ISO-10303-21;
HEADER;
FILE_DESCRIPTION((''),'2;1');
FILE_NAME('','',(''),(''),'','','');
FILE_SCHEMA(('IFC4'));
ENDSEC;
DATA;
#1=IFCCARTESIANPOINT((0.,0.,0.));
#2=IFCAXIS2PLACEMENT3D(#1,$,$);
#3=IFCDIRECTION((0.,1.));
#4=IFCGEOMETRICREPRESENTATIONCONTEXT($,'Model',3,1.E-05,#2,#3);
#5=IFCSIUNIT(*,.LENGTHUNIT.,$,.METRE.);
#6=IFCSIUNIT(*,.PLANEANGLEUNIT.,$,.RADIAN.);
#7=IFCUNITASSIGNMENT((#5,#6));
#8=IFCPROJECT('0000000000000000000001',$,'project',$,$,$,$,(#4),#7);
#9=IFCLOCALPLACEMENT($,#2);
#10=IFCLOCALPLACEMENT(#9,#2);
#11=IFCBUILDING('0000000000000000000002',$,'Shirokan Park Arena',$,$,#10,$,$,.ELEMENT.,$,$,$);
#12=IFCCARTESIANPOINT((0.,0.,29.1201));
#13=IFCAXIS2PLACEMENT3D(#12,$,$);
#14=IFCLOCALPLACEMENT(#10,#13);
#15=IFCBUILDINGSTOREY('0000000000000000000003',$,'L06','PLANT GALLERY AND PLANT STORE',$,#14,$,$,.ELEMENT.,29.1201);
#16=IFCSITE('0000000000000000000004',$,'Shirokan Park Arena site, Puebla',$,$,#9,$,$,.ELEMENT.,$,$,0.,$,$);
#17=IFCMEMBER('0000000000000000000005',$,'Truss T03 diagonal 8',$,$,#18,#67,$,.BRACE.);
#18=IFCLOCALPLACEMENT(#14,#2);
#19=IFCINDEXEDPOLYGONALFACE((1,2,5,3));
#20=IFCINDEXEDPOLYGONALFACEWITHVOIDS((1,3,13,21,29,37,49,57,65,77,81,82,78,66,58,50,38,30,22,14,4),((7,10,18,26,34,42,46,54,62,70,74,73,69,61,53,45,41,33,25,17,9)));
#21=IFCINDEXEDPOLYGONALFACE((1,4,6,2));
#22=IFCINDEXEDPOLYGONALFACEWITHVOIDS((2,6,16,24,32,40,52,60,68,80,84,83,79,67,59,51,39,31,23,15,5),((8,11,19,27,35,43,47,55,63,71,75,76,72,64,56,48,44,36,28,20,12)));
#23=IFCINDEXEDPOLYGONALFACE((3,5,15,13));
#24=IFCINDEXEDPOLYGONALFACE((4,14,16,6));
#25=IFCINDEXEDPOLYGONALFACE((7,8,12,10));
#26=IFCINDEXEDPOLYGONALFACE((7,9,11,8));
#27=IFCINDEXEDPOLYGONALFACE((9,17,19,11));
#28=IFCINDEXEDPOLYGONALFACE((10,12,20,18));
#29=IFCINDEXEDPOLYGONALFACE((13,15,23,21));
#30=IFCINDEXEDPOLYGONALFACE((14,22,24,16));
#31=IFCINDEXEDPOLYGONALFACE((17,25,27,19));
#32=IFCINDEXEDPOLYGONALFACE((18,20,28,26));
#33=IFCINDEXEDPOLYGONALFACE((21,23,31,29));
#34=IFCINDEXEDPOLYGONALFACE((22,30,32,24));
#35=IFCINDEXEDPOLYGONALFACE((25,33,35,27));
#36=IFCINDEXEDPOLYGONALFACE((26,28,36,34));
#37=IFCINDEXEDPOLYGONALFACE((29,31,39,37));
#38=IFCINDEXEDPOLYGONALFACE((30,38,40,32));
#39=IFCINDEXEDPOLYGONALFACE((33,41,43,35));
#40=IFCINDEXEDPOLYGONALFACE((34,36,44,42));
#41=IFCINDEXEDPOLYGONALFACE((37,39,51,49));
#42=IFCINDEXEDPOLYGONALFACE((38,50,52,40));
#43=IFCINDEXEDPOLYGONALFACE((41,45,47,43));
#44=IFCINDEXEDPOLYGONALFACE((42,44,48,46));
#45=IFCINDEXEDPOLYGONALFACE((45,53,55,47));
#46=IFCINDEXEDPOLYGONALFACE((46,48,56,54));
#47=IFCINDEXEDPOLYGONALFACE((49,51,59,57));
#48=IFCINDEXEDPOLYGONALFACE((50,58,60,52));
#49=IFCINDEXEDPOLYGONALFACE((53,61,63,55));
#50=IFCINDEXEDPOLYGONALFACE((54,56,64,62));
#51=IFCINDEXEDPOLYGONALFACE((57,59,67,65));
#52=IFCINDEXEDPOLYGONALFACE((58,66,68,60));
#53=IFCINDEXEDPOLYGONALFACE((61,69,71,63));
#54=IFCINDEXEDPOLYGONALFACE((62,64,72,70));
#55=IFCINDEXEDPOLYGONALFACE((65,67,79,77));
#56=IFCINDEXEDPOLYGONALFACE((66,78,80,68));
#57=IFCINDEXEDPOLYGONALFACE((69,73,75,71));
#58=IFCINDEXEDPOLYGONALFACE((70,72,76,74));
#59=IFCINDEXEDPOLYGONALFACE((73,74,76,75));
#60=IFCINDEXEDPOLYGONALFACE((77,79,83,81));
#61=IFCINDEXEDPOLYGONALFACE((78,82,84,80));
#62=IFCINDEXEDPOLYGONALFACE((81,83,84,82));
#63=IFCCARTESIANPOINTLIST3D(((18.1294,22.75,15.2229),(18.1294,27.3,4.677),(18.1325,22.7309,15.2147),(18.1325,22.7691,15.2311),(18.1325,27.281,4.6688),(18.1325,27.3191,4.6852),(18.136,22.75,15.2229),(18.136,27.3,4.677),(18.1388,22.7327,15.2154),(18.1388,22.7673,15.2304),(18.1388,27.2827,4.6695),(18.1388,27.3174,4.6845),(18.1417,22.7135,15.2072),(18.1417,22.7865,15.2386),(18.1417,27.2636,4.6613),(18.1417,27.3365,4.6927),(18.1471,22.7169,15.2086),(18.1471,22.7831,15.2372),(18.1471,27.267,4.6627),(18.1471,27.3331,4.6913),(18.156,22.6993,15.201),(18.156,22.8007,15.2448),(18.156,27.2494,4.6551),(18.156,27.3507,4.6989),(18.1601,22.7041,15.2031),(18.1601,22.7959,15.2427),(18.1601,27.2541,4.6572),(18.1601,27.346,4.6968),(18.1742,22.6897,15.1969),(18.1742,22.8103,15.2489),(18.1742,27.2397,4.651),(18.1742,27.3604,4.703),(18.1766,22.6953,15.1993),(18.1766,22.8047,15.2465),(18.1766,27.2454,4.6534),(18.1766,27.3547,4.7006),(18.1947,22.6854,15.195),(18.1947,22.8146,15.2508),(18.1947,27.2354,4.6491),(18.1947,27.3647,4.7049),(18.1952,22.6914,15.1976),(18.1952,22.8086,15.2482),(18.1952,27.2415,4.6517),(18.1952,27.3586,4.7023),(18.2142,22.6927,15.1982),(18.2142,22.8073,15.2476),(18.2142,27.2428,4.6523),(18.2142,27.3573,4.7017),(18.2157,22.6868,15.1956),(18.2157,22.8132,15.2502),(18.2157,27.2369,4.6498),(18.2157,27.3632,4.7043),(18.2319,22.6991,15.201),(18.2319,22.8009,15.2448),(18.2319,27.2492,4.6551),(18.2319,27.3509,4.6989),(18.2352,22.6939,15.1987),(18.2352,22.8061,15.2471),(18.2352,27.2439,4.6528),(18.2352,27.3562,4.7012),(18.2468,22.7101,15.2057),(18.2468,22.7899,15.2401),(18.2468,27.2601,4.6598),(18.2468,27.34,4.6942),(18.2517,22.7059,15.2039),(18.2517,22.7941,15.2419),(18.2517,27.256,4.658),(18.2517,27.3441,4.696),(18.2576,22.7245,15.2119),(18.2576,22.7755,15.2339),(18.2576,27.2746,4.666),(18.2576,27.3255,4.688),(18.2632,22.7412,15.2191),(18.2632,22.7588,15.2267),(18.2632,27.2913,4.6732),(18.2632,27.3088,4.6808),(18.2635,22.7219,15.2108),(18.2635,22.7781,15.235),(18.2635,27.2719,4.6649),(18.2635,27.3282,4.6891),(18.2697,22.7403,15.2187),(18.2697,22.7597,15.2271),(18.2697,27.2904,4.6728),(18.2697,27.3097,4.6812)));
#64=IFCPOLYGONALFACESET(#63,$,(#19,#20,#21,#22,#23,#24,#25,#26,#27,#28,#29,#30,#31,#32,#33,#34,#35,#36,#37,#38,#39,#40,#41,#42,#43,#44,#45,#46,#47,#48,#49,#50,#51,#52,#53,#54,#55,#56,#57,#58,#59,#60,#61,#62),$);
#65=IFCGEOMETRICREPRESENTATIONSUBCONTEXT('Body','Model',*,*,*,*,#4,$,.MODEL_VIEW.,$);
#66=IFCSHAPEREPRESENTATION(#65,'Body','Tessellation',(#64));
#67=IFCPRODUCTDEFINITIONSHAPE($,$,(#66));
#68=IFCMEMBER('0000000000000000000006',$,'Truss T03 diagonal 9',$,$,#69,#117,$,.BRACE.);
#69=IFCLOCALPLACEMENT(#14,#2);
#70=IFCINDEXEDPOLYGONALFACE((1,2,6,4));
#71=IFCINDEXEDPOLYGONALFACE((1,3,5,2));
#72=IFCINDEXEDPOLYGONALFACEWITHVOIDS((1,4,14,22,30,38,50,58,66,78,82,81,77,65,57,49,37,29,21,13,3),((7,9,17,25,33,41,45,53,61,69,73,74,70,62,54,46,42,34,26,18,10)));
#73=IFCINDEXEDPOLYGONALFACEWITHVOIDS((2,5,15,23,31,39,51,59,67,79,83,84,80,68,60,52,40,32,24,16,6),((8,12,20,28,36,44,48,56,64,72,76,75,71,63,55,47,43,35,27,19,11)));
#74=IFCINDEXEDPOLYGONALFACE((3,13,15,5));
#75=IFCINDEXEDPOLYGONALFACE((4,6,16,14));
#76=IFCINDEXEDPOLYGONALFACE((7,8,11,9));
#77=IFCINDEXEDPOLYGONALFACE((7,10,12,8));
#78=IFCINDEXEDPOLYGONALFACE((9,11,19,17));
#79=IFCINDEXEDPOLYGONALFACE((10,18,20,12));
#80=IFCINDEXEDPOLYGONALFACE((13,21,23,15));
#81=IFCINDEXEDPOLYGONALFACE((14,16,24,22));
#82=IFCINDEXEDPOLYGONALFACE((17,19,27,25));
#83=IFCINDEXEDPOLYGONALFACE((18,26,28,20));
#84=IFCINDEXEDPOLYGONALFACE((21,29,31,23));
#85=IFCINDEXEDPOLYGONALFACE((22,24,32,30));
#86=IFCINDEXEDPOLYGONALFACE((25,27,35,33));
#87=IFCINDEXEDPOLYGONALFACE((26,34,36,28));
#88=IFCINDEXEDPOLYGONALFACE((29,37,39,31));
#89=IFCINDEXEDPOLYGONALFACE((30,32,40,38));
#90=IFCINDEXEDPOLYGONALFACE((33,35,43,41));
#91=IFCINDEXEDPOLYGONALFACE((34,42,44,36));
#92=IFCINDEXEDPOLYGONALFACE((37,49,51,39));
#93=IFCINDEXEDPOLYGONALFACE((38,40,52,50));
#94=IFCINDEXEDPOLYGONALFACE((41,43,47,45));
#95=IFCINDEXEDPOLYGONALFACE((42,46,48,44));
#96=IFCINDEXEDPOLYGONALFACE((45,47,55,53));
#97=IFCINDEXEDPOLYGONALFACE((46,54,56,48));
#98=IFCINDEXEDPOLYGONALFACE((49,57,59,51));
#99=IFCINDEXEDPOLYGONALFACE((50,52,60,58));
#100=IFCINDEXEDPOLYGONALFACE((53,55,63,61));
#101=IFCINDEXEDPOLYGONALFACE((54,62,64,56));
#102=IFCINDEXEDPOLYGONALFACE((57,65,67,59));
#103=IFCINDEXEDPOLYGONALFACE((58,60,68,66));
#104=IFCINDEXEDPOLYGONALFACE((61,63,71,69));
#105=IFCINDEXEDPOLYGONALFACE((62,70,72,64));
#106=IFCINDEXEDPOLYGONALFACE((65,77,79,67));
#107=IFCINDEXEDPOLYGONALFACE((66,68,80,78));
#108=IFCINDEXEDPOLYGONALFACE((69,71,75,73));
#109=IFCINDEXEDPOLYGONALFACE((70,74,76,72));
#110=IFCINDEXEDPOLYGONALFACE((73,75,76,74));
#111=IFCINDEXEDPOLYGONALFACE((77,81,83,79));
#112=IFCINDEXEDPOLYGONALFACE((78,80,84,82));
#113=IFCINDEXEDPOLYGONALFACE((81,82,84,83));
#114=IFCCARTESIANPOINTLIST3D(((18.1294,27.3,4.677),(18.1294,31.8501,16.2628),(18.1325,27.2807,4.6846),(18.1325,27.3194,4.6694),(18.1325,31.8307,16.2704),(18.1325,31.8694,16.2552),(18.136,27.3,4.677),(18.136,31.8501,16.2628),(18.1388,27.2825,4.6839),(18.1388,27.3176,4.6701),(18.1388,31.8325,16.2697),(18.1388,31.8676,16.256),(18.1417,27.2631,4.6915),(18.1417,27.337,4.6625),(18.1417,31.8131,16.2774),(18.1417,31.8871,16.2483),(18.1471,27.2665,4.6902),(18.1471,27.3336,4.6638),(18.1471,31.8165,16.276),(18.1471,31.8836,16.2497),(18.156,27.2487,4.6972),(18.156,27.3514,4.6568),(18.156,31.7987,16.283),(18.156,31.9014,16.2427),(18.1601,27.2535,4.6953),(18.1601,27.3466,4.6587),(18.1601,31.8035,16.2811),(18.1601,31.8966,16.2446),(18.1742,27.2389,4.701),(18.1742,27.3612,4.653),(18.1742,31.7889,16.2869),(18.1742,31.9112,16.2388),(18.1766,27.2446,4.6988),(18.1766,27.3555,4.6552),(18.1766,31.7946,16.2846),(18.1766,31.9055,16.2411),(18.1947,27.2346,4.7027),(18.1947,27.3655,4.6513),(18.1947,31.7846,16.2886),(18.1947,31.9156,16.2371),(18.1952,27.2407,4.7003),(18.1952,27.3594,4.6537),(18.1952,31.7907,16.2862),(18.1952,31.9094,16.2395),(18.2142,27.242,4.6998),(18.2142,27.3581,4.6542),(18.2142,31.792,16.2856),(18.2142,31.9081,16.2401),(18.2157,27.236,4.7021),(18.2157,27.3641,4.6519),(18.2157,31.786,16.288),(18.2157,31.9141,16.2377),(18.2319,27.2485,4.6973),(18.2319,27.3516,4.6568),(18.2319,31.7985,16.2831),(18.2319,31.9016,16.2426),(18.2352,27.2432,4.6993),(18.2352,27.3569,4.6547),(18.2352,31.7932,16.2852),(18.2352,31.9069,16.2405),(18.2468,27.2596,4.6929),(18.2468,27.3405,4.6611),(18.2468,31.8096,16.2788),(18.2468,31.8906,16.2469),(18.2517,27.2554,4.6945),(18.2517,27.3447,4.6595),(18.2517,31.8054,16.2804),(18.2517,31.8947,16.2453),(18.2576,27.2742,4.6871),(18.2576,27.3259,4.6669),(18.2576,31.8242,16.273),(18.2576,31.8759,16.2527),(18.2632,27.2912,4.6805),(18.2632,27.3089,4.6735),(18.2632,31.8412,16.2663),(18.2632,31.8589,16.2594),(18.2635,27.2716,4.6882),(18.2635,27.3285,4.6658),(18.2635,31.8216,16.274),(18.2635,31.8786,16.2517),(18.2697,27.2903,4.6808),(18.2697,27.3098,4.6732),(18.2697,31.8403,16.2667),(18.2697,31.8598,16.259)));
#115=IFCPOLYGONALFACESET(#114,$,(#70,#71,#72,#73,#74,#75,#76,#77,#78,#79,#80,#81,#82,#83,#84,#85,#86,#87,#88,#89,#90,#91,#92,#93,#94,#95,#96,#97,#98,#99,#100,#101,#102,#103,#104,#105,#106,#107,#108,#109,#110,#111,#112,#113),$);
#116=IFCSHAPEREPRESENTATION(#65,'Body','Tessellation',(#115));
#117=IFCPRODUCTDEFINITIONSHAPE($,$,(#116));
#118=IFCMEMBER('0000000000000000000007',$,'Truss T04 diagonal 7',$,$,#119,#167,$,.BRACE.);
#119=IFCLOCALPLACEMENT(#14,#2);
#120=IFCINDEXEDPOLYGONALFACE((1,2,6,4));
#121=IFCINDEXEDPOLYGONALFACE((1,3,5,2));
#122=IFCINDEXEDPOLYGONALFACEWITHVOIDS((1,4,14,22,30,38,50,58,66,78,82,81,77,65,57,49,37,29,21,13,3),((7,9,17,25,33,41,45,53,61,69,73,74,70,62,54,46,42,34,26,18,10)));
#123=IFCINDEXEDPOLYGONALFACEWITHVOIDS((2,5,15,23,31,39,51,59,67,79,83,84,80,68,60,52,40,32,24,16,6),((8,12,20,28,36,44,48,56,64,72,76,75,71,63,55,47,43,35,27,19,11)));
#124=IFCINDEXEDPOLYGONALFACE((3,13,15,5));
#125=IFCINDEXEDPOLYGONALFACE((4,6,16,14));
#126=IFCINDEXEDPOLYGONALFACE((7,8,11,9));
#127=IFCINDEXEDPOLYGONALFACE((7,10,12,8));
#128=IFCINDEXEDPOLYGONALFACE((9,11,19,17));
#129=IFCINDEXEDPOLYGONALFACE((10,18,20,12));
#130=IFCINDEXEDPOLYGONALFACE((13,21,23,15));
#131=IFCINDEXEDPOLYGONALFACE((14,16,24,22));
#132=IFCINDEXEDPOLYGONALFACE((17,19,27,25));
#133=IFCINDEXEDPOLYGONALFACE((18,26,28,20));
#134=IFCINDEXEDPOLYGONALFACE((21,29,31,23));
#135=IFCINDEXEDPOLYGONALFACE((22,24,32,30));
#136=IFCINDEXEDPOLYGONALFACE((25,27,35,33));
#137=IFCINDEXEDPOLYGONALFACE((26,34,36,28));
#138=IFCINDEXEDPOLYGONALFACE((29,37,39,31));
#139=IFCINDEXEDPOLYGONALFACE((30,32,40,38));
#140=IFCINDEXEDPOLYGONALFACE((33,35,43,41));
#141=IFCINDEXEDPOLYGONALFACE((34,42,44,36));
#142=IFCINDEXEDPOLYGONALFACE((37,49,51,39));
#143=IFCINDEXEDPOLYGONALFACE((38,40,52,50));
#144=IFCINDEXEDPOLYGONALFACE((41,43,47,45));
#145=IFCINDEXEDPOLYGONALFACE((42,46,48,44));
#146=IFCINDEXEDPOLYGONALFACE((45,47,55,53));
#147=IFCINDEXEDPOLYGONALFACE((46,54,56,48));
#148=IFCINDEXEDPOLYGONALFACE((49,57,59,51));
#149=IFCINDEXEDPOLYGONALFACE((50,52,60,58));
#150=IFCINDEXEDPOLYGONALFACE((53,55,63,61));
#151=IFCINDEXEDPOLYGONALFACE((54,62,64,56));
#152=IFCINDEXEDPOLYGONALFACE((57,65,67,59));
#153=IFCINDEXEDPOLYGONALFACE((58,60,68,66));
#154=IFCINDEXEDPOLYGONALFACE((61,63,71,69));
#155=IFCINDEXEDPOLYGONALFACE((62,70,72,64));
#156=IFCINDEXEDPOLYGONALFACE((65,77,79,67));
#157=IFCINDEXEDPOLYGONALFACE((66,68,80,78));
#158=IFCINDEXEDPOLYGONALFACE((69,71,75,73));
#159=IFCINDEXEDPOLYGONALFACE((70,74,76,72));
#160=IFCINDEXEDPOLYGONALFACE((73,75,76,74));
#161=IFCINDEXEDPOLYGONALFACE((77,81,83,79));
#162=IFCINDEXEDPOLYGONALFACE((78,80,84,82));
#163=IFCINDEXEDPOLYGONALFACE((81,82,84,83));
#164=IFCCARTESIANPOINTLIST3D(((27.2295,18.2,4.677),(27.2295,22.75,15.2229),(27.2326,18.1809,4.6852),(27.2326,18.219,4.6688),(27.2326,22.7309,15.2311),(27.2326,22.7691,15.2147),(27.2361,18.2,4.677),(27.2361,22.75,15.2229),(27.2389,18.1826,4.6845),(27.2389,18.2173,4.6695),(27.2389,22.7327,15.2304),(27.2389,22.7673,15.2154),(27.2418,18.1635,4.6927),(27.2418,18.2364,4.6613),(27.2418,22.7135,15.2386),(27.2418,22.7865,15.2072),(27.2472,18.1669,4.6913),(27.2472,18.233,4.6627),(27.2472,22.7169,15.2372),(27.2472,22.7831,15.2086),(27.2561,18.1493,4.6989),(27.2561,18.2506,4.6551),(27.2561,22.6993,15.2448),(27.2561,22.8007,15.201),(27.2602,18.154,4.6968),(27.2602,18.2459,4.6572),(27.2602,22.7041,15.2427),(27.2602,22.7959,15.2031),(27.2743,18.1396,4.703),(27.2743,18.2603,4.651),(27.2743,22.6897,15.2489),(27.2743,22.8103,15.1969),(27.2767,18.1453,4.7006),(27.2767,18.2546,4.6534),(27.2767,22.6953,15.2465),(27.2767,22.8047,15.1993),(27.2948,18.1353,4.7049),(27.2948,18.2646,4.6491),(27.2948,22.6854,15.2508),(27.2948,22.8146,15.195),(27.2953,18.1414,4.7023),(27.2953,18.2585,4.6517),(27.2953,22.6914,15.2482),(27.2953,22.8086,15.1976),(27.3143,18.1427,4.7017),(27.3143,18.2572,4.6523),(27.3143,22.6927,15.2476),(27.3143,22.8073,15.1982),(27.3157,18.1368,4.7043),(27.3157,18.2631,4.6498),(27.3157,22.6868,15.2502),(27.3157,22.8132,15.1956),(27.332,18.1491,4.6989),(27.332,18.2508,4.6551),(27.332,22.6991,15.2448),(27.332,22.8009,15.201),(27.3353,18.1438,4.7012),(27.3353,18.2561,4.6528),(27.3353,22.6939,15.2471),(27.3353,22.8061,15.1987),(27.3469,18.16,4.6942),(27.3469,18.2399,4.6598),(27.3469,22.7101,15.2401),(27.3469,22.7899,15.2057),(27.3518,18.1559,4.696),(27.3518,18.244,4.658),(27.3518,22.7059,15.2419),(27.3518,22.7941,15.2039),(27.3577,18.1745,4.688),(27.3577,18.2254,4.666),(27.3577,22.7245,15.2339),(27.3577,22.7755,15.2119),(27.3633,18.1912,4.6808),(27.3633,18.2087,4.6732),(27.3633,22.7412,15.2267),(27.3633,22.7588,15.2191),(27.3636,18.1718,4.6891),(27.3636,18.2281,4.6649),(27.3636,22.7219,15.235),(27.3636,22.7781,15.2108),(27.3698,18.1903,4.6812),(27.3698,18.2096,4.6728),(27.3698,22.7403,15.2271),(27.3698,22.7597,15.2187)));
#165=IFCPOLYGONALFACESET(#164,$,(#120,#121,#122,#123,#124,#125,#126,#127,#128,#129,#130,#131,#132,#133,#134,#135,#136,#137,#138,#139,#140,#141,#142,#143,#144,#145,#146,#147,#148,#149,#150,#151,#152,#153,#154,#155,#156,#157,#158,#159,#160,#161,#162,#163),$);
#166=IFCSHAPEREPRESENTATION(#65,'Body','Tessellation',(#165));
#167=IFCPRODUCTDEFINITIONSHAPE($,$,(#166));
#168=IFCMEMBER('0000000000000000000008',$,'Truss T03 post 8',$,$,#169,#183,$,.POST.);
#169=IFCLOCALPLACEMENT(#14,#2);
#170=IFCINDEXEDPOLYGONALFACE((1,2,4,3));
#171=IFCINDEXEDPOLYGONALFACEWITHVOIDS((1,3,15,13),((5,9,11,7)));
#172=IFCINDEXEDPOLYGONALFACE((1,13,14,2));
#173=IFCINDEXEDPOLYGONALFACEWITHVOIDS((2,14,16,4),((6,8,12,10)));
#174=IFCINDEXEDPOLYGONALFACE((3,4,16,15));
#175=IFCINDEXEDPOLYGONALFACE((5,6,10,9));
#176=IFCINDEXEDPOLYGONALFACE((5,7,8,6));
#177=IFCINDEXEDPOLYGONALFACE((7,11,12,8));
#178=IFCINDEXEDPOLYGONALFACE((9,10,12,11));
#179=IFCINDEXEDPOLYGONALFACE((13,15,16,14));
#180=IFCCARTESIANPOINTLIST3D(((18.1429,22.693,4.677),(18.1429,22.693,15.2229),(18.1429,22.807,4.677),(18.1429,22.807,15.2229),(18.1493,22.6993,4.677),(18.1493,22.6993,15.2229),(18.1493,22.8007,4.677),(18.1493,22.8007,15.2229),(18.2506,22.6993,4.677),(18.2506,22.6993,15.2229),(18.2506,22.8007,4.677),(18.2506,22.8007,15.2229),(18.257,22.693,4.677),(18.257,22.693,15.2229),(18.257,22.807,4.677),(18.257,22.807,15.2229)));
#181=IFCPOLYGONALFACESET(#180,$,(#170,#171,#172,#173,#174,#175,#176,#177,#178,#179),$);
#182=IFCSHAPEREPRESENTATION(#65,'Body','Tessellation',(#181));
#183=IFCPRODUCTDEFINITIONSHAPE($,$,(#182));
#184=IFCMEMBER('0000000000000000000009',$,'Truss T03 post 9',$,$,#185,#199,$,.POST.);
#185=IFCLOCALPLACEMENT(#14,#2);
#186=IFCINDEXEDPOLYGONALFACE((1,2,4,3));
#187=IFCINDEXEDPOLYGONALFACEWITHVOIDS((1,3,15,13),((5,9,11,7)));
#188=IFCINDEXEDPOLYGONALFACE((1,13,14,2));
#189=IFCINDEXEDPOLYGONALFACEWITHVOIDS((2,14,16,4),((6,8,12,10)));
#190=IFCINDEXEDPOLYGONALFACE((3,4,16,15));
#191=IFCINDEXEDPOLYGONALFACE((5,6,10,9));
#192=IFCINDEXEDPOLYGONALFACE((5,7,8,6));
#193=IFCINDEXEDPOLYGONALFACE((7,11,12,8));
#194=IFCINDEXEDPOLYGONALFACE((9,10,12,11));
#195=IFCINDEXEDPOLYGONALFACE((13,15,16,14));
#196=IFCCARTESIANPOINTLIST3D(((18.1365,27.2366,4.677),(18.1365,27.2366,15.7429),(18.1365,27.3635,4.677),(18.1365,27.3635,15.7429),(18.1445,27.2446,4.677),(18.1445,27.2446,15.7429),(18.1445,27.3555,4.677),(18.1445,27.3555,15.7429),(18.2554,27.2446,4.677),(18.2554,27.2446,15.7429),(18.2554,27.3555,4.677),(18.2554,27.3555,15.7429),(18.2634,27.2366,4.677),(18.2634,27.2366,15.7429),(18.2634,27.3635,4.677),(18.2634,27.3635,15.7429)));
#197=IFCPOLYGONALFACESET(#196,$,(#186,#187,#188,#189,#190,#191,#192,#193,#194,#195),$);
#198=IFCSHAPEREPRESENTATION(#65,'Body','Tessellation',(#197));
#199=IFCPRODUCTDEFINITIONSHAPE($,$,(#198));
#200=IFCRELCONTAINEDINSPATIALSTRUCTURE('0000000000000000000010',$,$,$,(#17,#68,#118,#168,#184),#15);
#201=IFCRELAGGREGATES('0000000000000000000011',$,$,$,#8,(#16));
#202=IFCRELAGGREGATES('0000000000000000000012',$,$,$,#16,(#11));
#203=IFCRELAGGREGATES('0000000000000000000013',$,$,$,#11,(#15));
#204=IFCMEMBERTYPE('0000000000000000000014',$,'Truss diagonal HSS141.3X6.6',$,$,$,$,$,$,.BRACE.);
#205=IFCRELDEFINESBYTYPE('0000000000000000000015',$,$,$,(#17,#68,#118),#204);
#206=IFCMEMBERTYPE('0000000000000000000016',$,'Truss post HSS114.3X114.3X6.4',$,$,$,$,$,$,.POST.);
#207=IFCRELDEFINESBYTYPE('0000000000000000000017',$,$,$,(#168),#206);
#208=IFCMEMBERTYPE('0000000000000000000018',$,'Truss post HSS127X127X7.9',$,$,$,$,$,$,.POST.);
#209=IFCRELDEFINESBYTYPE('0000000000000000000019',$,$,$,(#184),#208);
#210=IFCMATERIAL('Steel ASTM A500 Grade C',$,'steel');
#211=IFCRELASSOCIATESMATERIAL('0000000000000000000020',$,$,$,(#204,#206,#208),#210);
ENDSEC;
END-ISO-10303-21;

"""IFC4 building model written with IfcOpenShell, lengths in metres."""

from ifc_helpers import new_model, si_unit, direction, frame, origin, origin_2d, place, context, subcontext, project, spatial, hollow_rectangle, hollow_circle, extrude, material, material_profile, profile_set, type_object, element, save


model = new_model("IFC4")

# Units and contexts
model_context = context("Model", 3, precision=1e-05, world=origin(), true_north=direction((0.0, 1.0)))
body_context = subcontext(model_context, "Body", "Model", "MODEL_VIEW")
ifc_project = project(units=[si_unit("LENGTHUNIT", "METRE"), si_unit("PLANEANGLEUNIT", "RADIAN")], contexts=[model_context])

# Site, building, storey
site_placement = place(None, origin())
site = spatial("IfcSite", under=ifc_project, at=site_placement, Name="Shirokan Park Arena site, Puebla", CompositionType="ELEMENT", RefElevation=0.0)
building_placement = place(site_placement, origin())
building = spatial("IfcBuilding", under=site, at=building_placement, Name="Shirokan Park Arena", CompositionType="ELEMENT")
storey_placement = place(building_placement, frame((0.0, 0.0, 29.1201)))
storey = spatial("IfcBuildingStorey", under=building, at=storey_placement, Name="L06", Description="PLANT GALLERY AND PLANT STORE", CompositionType="ELEMENT", Elevation=29.1201)

# Members
ifc_material_1 = material(Name="Steel ASTM A500 Grade C", Category="steel")
ifc_material_profile_1 = material_profile(ifc_material_1, hollow_circle(Radius=0.0706, WallThickness=0.0066, at=origin_2d()), Name="HSS141.3X6.6")
ifc_profile_set_1 = profile_set([ifc_material_profile_1], Name="Steel ASTM A500 Grade C")
member_type_1 = type_object("IfcMemberType", Name="Truss diagonal HSS141.3X6.6", PredefinedType="BRACE", material=ifc_profile_set_1)
member_1_placement = place(storey_placement, frame((18.2, 22.75, 15.2229), z_axis=(0.0, 0.396153, -0.918185), x_axis=(-1.0, 0.0, 0.0)))
element("IfcMember", 1, at=member_1_placement, inside=storey, type_object=member_type_1, Name="Truss T03 diagonal 8", PredefinedType="BRACE", context=body_context, shape_type="SweptSolid", body=[
    extrude(hollow_circle(Radius=0.0706, WallThickness=0.0066, at=origin_2d()), origin(), (0.0, 0.0, 1.0), 11.4856),
])
member_2_placement = place(storey_placement, frame((18.2, 27.3, 4.677), z_axis=(0.0, 0.365543, 0.930794), x_axis=(-1.0, 0.0, 0.0)))
element("IfcMember", 2, at=member_2_placement, inside=storey, type_object=member_type_1, Name="Truss T03 diagonal 9", PredefinedType="BRACE", context=body_context, shape_type="SweptSolid", body=[
    extrude(hollow_circle(Radius=0.0706, WallThickness=0.0066, at=origin_2d()), origin(), (0.0, 0.0, 1.0), 12.4473),
])
member_3_placement = place(storey_placement, frame((27.3, 18.2, 4.677), z_axis=(0.0, 0.396153, 0.918185), x_axis=(-1.0, 0.0, 0.0)))
element("IfcMember", 3, at=member_3_placement, inside=storey, type_object=member_type_1, Name="Truss T04 diagonal 7", PredefinedType="BRACE", context=body_context, shape_type="SweptSolid", body=[
    extrude(hollow_circle(Radius=0.0706, WallThickness=0.0066, at=origin_2d()), origin(), (0.0, 0.0, 1.0), 11.4856),
])
ifc_material_profile_2 = material_profile(ifc_material_1, hollow_rectangle(XDim=0.114, YDim=0.114, WallThickness=0.0063, at=origin_2d()), Name="HSS114.3X114.3X6.4")
ifc_profile_set_2 = profile_set([ifc_material_profile_2], Name="Steel ASTM A500 Grade C")
member_type_2 = type_object("IfcMemberType", Name="Truss post HSS114.3X114.3X6.4", PredefinedType="POST", material=ifc_profile_set_2)
member_4_placement = place(storey_placement, frame((18.2, 22.75, 4.677), z_axis=(0.0, 0.0, 1.0), x_axis=(1.0, 0.0, 0.0)))
element("IfcMember", 4, at=member_4_placement, inside=storey, type_object=member_type_2, Name="Truss T03 post 8", PredefinedType="POST", context=body_context, shape_type="SweptSolid", body=[
    extrude(hollow_rectangle(XDim=0.114, YDim=0.114, WallThickness=0.0063, at=origin_2d()), origin(), (0.0, 0.0, 1.0), 10.5459),
])
ifc_material_profile_3 = material_profile(ifc_material_1, hollow_rectangle(XDim=0.127, YDim=0.127, WallThickness=0.0081, at=origin_2d()), Name="HSS127X127X7.9")
ifc_profile_set_3 = profile_set([ifc_material_profile_3], Name="Steel ASTM A500 Grade C")
member_type_3 = type_object("IfcMemberType", Name="Truss post HSS127X127X7.9", PredefinedType="POST", material=ifc_profile_set_3)
member_5_placement = place(storey_placement, frame((18.2, 27.3, 4.677), z_axis=(0.0, 0.0, 1.0), x_axis=(1.0, 0.0, 0.0)))
element("IfcMember", 5, at=member_5_placement, inside=storey, type_object=member_type_3, Name="Truss T03 post 9", PredefinedType="POST", context=body_context, shape_type="SweptSolid", body=[
    extrude(hollow_rectangle(XDim=0.127, YDim=0.127, WallThickness=0.0081, at=origin_2d()), origin(), (0.0, 0.0, 1.0), 11.0659),
])

save(model, "model.ifc")
